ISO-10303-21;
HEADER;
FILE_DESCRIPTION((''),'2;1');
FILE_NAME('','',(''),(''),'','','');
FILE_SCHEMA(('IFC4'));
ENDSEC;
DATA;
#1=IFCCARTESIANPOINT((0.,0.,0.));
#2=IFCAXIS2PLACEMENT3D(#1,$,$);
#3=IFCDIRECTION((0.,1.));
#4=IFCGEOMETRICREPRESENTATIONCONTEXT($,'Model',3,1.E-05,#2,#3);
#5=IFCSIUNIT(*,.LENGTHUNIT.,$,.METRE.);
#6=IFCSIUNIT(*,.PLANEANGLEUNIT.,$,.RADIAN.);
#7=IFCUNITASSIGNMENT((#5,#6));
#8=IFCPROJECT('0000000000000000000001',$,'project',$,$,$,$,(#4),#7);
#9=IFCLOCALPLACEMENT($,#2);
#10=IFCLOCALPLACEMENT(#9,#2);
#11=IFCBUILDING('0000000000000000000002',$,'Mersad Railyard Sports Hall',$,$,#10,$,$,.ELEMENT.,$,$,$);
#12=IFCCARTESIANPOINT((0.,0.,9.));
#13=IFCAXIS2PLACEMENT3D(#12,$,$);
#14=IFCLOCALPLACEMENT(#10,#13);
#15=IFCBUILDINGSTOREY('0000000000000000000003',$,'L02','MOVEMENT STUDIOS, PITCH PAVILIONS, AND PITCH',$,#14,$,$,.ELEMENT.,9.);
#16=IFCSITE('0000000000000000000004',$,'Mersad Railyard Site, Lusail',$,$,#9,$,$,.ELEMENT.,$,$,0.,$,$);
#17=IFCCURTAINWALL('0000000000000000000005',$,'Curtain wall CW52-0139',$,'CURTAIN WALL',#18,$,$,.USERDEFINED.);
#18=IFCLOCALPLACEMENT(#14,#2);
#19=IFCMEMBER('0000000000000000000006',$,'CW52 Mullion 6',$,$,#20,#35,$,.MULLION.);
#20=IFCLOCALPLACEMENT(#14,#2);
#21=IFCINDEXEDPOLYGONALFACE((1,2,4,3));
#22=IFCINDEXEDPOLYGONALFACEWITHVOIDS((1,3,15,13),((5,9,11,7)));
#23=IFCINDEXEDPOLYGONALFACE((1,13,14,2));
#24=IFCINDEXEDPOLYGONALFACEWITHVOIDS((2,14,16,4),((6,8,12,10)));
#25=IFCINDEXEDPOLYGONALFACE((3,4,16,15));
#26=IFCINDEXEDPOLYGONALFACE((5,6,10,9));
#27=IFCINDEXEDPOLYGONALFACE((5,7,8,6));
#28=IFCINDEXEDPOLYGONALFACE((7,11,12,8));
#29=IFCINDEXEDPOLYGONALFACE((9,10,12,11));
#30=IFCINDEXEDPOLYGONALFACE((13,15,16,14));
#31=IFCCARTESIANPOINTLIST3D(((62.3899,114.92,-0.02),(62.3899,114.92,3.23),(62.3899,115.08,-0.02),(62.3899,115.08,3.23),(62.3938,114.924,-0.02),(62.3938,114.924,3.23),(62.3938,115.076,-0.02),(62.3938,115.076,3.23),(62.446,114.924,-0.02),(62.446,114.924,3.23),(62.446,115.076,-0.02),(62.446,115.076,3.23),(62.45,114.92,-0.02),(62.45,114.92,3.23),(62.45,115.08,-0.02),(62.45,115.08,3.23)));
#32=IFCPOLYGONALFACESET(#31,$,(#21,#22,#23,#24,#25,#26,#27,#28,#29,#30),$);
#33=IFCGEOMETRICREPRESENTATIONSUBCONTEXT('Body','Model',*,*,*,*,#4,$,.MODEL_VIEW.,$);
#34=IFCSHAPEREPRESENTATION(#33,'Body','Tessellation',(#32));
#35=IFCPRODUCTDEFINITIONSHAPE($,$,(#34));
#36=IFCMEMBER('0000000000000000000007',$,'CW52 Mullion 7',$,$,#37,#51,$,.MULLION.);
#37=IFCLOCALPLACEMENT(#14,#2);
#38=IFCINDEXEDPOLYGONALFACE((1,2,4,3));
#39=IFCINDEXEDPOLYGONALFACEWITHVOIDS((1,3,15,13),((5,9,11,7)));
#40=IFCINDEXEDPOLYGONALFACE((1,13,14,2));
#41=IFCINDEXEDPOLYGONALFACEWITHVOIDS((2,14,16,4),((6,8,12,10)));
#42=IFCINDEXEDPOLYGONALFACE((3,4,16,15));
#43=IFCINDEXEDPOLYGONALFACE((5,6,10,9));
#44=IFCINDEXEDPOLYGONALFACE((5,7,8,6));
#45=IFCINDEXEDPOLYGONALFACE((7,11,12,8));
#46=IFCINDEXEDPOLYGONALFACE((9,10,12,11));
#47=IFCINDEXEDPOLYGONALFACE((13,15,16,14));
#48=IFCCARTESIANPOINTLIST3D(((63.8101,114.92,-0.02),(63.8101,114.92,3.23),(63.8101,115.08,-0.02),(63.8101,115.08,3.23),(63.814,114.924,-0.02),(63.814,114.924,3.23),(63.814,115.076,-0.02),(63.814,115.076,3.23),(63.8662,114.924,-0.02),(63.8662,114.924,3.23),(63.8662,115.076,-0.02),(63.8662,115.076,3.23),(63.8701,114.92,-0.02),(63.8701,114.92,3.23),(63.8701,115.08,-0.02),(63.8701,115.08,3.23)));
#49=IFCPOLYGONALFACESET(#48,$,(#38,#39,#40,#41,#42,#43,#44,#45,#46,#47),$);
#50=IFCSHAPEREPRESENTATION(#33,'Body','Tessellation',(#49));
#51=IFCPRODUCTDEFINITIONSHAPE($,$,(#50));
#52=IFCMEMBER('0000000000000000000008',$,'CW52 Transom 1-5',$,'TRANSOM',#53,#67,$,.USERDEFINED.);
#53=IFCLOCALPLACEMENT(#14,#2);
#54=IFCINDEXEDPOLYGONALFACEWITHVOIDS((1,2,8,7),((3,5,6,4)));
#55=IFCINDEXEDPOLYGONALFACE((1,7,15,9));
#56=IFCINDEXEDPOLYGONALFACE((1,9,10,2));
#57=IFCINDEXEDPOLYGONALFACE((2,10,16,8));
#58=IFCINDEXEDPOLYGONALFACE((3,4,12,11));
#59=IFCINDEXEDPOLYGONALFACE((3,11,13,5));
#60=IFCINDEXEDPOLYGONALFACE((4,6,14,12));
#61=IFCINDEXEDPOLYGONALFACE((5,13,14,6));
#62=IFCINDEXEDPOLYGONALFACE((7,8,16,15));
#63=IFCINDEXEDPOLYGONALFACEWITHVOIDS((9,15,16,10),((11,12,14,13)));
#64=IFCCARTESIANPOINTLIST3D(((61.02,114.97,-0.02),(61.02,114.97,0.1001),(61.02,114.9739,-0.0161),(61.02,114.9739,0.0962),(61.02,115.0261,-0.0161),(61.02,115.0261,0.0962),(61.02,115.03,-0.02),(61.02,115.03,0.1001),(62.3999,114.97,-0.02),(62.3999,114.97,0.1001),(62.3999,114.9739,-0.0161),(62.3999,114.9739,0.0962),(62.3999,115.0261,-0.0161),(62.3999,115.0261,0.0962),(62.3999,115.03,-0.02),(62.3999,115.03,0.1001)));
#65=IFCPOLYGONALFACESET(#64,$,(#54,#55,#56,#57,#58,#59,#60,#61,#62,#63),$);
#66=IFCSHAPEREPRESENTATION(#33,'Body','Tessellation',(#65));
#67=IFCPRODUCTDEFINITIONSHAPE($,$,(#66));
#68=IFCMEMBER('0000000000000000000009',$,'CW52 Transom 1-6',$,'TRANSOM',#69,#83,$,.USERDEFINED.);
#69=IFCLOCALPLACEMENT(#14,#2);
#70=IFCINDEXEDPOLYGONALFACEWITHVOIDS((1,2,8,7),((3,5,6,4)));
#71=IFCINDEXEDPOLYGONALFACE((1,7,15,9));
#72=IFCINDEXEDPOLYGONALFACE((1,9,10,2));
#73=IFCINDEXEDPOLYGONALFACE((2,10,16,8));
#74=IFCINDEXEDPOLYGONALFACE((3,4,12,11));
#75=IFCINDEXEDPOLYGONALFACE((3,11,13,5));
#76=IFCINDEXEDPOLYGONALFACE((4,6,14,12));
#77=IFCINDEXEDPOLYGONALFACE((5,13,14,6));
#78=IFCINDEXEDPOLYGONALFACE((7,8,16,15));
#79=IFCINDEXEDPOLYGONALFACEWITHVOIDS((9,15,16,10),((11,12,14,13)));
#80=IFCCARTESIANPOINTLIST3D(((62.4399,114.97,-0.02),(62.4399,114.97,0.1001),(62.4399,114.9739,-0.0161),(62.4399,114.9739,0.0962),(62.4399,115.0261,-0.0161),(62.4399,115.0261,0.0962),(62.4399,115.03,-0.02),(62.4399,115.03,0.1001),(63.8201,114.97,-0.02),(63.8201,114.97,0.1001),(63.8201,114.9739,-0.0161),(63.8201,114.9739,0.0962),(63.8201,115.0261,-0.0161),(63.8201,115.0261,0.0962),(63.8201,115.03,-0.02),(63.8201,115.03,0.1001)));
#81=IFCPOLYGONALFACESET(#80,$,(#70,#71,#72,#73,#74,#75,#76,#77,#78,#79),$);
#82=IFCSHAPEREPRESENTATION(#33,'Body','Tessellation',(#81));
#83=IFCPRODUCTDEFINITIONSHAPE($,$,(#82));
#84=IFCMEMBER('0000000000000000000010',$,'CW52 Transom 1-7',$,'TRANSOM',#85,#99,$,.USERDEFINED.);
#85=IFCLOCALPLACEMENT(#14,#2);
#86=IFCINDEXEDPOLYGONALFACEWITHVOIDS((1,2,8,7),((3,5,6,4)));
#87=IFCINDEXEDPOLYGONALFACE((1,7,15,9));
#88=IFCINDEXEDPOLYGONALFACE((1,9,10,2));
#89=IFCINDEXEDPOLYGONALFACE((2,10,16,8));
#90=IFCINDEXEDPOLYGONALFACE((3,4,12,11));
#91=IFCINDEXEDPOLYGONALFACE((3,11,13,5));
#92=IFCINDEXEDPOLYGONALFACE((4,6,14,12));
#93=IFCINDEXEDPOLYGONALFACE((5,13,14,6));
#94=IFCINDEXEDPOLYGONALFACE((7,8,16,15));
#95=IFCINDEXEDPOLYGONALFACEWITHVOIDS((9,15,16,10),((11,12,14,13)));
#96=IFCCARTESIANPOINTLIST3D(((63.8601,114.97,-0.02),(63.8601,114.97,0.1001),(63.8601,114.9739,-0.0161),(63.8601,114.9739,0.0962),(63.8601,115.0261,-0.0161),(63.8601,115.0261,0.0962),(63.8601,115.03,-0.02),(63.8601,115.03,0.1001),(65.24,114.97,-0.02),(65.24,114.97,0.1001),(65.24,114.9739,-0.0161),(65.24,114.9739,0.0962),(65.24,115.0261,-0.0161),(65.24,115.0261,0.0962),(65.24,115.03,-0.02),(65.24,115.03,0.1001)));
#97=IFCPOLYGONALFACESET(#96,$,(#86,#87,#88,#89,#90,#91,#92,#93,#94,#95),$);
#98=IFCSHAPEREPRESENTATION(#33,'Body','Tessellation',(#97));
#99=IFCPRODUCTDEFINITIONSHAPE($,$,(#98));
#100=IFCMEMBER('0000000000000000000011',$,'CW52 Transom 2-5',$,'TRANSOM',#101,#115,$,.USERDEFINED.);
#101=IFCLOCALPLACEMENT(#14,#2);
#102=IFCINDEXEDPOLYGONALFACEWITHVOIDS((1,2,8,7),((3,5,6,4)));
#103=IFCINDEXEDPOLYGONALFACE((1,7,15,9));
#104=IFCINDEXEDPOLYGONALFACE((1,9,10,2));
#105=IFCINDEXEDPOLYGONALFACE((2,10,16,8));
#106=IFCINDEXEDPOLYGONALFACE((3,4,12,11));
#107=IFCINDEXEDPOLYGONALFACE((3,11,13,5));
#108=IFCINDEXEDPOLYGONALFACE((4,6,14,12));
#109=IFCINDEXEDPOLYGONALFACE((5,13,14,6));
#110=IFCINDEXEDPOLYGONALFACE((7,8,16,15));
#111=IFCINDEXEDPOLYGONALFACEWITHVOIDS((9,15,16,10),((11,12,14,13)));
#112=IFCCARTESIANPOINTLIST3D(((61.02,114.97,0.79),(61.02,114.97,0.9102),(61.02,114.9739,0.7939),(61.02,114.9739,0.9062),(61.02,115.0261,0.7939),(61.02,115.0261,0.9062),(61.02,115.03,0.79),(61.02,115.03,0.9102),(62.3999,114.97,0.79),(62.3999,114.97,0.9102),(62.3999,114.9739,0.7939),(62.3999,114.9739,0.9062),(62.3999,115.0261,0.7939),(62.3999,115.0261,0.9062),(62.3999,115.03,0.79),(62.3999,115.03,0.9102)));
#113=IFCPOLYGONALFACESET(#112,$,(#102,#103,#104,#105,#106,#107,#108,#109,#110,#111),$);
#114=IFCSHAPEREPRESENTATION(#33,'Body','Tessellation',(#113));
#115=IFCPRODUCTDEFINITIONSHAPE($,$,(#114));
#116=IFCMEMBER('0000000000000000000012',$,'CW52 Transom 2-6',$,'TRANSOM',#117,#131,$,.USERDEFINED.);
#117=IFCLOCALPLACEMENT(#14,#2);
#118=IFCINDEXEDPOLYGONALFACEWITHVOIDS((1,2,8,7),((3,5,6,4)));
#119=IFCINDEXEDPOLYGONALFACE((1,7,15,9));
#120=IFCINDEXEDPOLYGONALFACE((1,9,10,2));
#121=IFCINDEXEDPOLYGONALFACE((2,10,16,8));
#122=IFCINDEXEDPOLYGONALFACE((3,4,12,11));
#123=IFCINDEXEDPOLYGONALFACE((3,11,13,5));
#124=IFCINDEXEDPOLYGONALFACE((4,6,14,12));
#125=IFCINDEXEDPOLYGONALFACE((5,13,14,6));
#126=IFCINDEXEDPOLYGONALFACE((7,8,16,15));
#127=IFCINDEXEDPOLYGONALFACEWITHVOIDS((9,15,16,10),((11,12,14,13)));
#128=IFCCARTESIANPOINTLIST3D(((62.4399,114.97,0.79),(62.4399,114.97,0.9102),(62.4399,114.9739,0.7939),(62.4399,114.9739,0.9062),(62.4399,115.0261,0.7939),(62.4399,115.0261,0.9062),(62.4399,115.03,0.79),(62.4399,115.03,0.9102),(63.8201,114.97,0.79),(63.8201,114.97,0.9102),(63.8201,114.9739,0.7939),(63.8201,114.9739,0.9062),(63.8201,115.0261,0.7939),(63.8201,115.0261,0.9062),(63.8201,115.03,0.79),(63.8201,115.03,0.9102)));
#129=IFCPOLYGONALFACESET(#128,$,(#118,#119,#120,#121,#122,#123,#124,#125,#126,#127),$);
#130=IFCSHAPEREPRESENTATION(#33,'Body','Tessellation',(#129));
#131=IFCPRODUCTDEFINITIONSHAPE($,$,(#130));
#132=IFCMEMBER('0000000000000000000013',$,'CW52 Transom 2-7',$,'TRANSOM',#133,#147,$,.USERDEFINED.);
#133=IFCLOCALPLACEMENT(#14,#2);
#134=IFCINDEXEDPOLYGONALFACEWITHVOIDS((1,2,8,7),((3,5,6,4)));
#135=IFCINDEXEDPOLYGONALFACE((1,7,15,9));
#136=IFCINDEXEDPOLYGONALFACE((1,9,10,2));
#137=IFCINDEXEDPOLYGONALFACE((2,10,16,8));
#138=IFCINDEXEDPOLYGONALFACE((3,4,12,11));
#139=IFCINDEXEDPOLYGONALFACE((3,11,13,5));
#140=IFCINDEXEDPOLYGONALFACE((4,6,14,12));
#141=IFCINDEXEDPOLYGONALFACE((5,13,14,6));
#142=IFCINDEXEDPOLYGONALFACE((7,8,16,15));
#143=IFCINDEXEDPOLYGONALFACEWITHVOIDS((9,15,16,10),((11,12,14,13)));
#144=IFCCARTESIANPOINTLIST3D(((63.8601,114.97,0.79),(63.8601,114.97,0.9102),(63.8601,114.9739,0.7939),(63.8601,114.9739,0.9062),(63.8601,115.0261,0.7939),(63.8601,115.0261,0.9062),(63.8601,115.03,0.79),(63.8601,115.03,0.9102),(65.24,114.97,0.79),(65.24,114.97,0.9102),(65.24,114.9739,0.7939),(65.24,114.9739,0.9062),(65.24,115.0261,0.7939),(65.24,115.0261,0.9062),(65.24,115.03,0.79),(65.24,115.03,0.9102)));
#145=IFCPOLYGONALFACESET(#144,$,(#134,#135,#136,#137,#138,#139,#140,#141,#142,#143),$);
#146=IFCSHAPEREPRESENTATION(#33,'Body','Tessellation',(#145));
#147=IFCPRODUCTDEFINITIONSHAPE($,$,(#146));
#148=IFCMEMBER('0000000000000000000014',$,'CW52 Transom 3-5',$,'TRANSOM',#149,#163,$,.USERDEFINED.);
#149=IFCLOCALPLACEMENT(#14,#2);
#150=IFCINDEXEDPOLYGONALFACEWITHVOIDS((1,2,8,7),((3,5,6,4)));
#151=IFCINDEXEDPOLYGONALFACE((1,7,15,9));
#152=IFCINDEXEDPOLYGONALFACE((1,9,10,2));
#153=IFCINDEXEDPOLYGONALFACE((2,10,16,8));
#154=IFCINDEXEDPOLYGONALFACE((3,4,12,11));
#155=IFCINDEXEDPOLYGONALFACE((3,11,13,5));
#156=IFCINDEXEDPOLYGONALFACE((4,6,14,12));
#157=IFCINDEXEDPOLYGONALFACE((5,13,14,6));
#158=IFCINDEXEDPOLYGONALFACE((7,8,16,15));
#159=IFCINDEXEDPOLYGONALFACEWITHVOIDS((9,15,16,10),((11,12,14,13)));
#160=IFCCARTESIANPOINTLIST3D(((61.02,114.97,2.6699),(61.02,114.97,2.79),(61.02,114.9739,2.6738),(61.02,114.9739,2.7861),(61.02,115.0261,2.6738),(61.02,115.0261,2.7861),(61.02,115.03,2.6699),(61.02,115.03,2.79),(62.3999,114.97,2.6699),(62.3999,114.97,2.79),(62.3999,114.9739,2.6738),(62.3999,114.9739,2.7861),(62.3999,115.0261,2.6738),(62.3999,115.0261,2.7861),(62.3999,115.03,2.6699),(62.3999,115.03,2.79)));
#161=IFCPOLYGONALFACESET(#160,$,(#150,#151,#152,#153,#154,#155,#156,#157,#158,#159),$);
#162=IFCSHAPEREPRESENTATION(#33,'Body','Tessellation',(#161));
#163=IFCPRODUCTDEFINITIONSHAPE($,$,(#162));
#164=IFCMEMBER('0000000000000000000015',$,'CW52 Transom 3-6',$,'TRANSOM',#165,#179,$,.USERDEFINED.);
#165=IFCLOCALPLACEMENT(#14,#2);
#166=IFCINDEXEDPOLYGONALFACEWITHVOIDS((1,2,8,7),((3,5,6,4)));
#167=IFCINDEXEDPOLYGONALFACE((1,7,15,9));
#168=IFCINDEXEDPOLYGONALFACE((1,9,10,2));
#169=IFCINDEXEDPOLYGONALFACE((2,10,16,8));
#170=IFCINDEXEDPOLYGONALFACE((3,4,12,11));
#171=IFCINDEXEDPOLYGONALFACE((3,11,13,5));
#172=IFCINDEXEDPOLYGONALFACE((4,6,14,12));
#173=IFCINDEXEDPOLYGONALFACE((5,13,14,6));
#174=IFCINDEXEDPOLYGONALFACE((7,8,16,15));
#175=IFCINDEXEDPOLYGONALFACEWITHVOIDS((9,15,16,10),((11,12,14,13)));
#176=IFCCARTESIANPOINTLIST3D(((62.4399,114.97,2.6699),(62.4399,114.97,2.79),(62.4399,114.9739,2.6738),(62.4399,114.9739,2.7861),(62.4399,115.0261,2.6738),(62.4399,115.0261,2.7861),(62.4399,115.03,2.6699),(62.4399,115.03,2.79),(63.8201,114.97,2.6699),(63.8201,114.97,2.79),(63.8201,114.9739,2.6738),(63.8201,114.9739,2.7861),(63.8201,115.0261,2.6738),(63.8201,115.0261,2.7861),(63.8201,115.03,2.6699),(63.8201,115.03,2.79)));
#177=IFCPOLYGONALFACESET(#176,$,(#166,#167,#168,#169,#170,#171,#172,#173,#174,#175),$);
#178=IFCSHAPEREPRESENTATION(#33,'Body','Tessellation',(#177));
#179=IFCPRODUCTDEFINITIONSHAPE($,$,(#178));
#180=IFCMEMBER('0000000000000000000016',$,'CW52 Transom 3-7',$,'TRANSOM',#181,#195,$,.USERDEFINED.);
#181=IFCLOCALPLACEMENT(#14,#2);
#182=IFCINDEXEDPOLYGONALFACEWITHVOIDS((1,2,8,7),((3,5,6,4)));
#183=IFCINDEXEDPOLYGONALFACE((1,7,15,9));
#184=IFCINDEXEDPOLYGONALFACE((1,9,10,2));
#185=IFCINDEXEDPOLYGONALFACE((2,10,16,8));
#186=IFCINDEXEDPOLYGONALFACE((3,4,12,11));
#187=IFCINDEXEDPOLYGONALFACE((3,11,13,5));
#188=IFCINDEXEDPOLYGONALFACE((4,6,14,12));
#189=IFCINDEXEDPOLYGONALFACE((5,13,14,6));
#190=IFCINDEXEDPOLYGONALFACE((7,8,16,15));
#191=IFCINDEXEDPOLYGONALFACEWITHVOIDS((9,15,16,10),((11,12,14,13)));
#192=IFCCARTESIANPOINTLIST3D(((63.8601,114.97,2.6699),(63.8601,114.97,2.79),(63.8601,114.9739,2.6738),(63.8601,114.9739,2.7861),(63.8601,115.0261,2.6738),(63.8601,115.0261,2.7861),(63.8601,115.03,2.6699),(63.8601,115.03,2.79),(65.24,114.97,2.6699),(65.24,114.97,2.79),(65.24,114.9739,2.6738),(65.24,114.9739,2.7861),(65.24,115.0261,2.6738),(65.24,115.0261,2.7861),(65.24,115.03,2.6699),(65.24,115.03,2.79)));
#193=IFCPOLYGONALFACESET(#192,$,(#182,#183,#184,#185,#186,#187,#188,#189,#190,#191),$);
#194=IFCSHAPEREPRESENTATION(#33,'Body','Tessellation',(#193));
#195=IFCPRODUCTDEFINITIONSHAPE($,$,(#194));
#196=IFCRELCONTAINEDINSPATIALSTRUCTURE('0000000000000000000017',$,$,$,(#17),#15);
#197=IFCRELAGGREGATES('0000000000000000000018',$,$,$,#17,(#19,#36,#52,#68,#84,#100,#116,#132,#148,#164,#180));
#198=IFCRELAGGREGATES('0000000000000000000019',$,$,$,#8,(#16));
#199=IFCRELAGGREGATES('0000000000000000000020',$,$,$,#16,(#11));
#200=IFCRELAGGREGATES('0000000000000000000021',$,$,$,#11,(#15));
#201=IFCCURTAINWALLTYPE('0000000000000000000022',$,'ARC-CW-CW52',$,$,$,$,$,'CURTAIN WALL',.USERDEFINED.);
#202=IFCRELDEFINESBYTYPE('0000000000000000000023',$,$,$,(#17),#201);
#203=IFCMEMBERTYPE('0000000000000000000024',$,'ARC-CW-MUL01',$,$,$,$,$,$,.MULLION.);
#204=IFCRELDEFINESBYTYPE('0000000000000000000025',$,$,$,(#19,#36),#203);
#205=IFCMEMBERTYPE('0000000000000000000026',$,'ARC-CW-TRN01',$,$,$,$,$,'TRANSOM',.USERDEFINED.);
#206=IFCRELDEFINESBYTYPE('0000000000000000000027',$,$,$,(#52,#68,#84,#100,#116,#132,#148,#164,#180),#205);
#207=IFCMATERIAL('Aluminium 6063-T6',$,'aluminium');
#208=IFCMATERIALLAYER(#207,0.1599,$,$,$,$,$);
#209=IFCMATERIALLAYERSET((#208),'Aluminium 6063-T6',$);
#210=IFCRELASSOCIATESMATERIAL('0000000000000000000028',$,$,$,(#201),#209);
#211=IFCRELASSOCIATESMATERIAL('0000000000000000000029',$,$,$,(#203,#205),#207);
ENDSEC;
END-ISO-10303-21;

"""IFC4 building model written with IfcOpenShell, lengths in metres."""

from ifc_helpers import new_model, si_unit, direction, frame, origin, origin_2d, place, context, subcontext, project, spatial, hollow_rectangle, extrude, material, layer, layer_set, material_profile, profile_set, type_object, element, aggregate, save


model = new_model("IFC4")

# Units and contexts
model_context = context("Model", 3, precision=1e-05, world=origin(), true_north=direction((0.0, 1.0)))
body_context = subcontext(model_context, "Body", "Model", "MODEL_VIEW")
ifc_project = project(units=[si_unit("LENGTHUNIT", "METRE"), si_unit("PLANEANGLEUNIT", "RADIAN")], contexts=[model_context])

# Site, building, storey
site_placement = place(None, origin())
site = spatial("IfcSite", under=ifc_project, at=site_placement, Name="Mersad Railyard Site, Lusail", CompositionType="ELEMENT", RefElevation=0.0)
building_placement = place(site_placement, origin())
building = spatial("IfcBuilding", under=site, at=building_placement, Name="Mersad Railyard Sports Hall", CompositionType="ELEMENT")
storey_placement = place(building_placement, frame((0.0, 0.0, 9.0)))
storey = spatial("IfcBuildingStorey", under=building, at=storey_placement, Name="L02", Description="MOVEMENT STUDIOS, PITCH PAVILIONS, AND PITCH", CompositionType="ELEMENT", Elevation=9.0)

# Curtain wall, members
ifc_material_1 = material(Name="Aluminium 6063-T6", Category="aluminium")
ifc_layer_1 = layer(ifc_material_1, 0.1599)
ifc_layer_set_1 = layer_set([ifc_layer_1], Name="Aluminium 6063-T6")
curtain_wall_type = type_object("IfcCurtainWallType", Name="ARC-CW-CW52", ElementType="CURTAIN WALL", PredefinedType="USERDEFINED", material=ifc_layer_set_1)
curtain_wall_placement = place(storey_placement, origin())
curtain_wall = element("IfcCurtainWall", 1, at=curtain_wall_placement, inside=storey, type_object=curtain_wall_type, Name="Curtain wall CW52-0139", ObjectType="CURTAIN WALL", PredefinedType="USERDEFINED")
ifc_material_profile_1 = material_profile(ifc_material_1, hollow_rectangle(XDim=0.0601, YDim=0.1599, WallThickness=0.0039, at=origin_2d()), Name="AL MULLION 60x160x4")
ifc_profile_set_1 = profile_set([ifc_material_profile_1], Name="Aluminium 6063-T6")
member_type_1 = type_object("IfcMemberType", Name="ARC-CW-MUL01", PredefinedType="MULLION", material=ifc_profile_set_1)
member_1_placement = place(storey_placement, frame((62.4199, 115.0, -0.02), z_axis=(0.0, 0.0, 1.0), x_axis=(1.0, 0.0, 0.0)))
member_1 = element("IfcMember", 2, at=member_1_placement, type_object=member_type_1, Name="CW52 Mullion 6", PredefinedType="MULLION", context=body_context, shape_type="SweptSolid", body=[
    extrude(hollow_rectangle(XDim=0.0601, YDim=0.1599, WallThickness=0.0039, at=origin_2d()), origin(), (0.0, 0.0, 1.0), 3.25),
])
member_2_placement = place(storey_placement, frame((63.8401, 115.0, -0.02), z_axis=(0.0, 0.0, 1.0), x_axis=(1.0, 0.0, 0.0)))
member_2 = element("IfcMember", 3, at=member_2_placement, type_object=member_type_1, Name="CW52 Mullion 7", PredefinedType="MULLION", context=body_context, shape_type="SweptSolid", body=[
    extrude(hollow_rectangle(XDim=0.0601, YDim=0.1599, WallThickness=0.0039, at=origin_2d()), origin(), (0.0, 0.0, 1.0), 3.25),
])
ifc_material_profile_2 = material_profile(ifc_material_1, hollow_rectangle(XDim=0.0601, YDim=0.1201, WallThickness=0.0039, at=origin_2d()), Name="AL TRANSOM 60x120x4")
ifc_profile_set_2 = profile_set([ifc_material_profile_2], Name="Aluminium 6063-T6")
member_type_2 = type_object("IfcMemberType", Name="ARC-CW-TRN01", ElementType="TRANSOM", PredefinedType="USERDEFINED", material=ifc_profile_set_2)
member_3_placement = place(storey_placement, frame((61.02, 115.0, 0.04), z_axis=(1.0, 0.0, 0.0), x_axis=(0.0, 1.0, 0.0)))
member_3 = element("IfcMember", 4, at=member_3_placement, type_object=member_type_2, Name="CW52 Transom 1-5", ObjectType="TRANSOM", PredefinedType="USERDEFINED", context=body_context, shape_type="SweptSolid", body=[
    extrude(hollow_rectangle(XDim=0.0601, YDim=0.1201, WallThickness=0.0039, at=origin_2d()), origin(), (0.0, 0.0, 1.0), 1.3799),
])
member_4_placement = place(storey_placement, frame((62.4399, 115.0, 0.04), z_axis=(1.0, 0.0, 0.0), x_axis=(0.0, 1.0, 0.0)))
member_4 = element("IfcMember", 5, at=member_4_placement, type_object=member_type_2, Name="CW52 Transom 1-6", ObjectType="TRANSOM", PredefinedType="USERDEFINED", context=body_context, shape_type="SweptSolid", body=[
    extrude(hollow_rectangle(XDim=0.0601, YDim=0.1201, WallThickness=0.0039, at=origin_2d()), origin(), (0.0, 0.0, 1.0), 1.3801),
])
member_5_placement = place(storey_placement, frame((63.8601, 115.0, 0.04), z_axis=(1.0, 0.0, 0.0), x_axis=(0.0, 1.0, 0.0)))
member_5 = element("IfcMember", 6, at=member_5_placement, type_object=member_type_2, Name="CW52 Transom 1-7", ObjectType="TRANSOM", PredefinedType="USERDEFINED", context=body_context, shape_type="SweptSolid", body=[
    extrude(hollow_rectangle(XDim=0.0601, YDim=0.1201, WallThickness=0.0039, at=origin_2d()), origin(), (0.0, 0.0, 1.0), 1.3799),
])
member_6_placement = place(storey_placement, frame((61.02, 115.0, 0.8501), z_axis=(1.0, 0.0, 0.0), x_axis=(0.0, 1.0, 0.0)))
member_6 = element("IfcMember", 7, at=member_6_placement, type_object=member_type_2, Name="CW52 Transom 2-5", ObjectType="TRANSOM", PredefinedType="USERDEFINED", context=body_context, shape_type="SweptSolid", body=[
    extrude(hollow_rectangle(XDim=0.0601, YDim=0.1201, WallThickness=0.0039, at=origin_2d()), origin(), (0.0, 0.0, 1.0), 1.3799),
])
member_7_placement = place(storey_placement, frame((62.4399, 115.0, 0.8501), z_axis=(1.0, 0.0, 0.0), x_axis=(0.0, 1.0, 0.0)))
member_7 = element("IfcMember", 8, at=member_7_placement, type_object=member_type_2, Name="CW52 Transom 2-6", ObjectType="TRANSOM", PredefinedType="USERDEFINED", context=body_context, shape_type="SweptSolid", body=[
    extrude(hollow_rectangle(XDim=0.0601, YDim=0.1201, WallThickness=0.0039, at=origin_2d()), origin(), (0.0, 0.0, 1.0), 1.3801),
])
member_8_placement = place(storey_placement, frame((63.8601, 115.0, 0.8501), z_axis=(1.0, 0.0, 0.0), x_axis=(0.0, 1.0, 0.0)))
member_8 = element("IfcMember", 9, at=member_8_placement, type_object=member_type_2, Name="CW52 Transom 2-7", ObjectType="TRANSOM", PredefinedType="USERDEFINED", context=body_context, shape_type="SweptSolid", body=[
    extrude(hollow_rectangle(XDim=0.0601, YDim=0.1201, WallThickness=0.0039, at=origin_2d()), origin(), (0.0, 0.0, 1.0), 1.3799),
])
member_9_placement = place(storey_placement, frame((61.02, 115.0, 2.73), z_axis=(1.0, 0.0, 0.0), x_axis=(0.0, 1.0, 0.0)))
member_9 = element("IfcMember", 10, at=member_9_placement, type_object=member_type_2, Name="CW52 Transom 3-5", ObjectType="TRANSOM", PredefinedType="USERDEFINED", context=body_context, shape_type="SweptSolid", body=[
    extrude(hollow_rectangle(XDim=0.0601, YDim=0.1201, WallThickness=0.0039, at=origin_2d()), origin(), (0.0, 0.0, 1.0), 1.3799),
])
member_10_placement = place(storey_placement, frame((62.4399, 115.0, 2.73), z_axis=(1.0, 0.0, 0.0), x_axis=(0.0, 1.0, 0.0)))
member_10 = element("IfcMember", 11, at=member_10_placement, type_object=member_type_2, Name="CW52 Transom 3-6", ObjectType="TRANSOM", PredefinedType="USERDEFINED", context=body_context, shape_type="SweptSolid", body=[
    extrude(hollow_rectangle(XDim=0.0601, YDim=0.1201, WallThickness=0.0039, at=origin_2d()), origin(), (0.0, 0.0, 1.0), 1.3801),
])
member_11_placement = place(storey_placement, frame((63.8601, 115.0, 2.73), z_axis=(1.0, 0.0, 0.0), x_axis=(0.0, 1.0, 0.0)))
member_11 = element("IfcMember", 12, at=member_11_placement, type_object=member_type_2, Name="CW52 Transom 3-7", ObjectType="TRANSOM", PredefinedType="USERDEFINED", context=body_context, shape_type="SweptSolid", body=[
    extrude(hollow_rectangle(XDim=0.0601, YDim=0.1201, WallThickness=0.0039, at=origin_2d()), origin(), (0.0, 0.0, 1.0), 1.3799),
])
aggregate(curtain_wall, [member_1, member_2, member_3, member_4, member_5, member_6, member_7, member_8, member_9, member_10, member_11])

save(model, "model.ifc")
